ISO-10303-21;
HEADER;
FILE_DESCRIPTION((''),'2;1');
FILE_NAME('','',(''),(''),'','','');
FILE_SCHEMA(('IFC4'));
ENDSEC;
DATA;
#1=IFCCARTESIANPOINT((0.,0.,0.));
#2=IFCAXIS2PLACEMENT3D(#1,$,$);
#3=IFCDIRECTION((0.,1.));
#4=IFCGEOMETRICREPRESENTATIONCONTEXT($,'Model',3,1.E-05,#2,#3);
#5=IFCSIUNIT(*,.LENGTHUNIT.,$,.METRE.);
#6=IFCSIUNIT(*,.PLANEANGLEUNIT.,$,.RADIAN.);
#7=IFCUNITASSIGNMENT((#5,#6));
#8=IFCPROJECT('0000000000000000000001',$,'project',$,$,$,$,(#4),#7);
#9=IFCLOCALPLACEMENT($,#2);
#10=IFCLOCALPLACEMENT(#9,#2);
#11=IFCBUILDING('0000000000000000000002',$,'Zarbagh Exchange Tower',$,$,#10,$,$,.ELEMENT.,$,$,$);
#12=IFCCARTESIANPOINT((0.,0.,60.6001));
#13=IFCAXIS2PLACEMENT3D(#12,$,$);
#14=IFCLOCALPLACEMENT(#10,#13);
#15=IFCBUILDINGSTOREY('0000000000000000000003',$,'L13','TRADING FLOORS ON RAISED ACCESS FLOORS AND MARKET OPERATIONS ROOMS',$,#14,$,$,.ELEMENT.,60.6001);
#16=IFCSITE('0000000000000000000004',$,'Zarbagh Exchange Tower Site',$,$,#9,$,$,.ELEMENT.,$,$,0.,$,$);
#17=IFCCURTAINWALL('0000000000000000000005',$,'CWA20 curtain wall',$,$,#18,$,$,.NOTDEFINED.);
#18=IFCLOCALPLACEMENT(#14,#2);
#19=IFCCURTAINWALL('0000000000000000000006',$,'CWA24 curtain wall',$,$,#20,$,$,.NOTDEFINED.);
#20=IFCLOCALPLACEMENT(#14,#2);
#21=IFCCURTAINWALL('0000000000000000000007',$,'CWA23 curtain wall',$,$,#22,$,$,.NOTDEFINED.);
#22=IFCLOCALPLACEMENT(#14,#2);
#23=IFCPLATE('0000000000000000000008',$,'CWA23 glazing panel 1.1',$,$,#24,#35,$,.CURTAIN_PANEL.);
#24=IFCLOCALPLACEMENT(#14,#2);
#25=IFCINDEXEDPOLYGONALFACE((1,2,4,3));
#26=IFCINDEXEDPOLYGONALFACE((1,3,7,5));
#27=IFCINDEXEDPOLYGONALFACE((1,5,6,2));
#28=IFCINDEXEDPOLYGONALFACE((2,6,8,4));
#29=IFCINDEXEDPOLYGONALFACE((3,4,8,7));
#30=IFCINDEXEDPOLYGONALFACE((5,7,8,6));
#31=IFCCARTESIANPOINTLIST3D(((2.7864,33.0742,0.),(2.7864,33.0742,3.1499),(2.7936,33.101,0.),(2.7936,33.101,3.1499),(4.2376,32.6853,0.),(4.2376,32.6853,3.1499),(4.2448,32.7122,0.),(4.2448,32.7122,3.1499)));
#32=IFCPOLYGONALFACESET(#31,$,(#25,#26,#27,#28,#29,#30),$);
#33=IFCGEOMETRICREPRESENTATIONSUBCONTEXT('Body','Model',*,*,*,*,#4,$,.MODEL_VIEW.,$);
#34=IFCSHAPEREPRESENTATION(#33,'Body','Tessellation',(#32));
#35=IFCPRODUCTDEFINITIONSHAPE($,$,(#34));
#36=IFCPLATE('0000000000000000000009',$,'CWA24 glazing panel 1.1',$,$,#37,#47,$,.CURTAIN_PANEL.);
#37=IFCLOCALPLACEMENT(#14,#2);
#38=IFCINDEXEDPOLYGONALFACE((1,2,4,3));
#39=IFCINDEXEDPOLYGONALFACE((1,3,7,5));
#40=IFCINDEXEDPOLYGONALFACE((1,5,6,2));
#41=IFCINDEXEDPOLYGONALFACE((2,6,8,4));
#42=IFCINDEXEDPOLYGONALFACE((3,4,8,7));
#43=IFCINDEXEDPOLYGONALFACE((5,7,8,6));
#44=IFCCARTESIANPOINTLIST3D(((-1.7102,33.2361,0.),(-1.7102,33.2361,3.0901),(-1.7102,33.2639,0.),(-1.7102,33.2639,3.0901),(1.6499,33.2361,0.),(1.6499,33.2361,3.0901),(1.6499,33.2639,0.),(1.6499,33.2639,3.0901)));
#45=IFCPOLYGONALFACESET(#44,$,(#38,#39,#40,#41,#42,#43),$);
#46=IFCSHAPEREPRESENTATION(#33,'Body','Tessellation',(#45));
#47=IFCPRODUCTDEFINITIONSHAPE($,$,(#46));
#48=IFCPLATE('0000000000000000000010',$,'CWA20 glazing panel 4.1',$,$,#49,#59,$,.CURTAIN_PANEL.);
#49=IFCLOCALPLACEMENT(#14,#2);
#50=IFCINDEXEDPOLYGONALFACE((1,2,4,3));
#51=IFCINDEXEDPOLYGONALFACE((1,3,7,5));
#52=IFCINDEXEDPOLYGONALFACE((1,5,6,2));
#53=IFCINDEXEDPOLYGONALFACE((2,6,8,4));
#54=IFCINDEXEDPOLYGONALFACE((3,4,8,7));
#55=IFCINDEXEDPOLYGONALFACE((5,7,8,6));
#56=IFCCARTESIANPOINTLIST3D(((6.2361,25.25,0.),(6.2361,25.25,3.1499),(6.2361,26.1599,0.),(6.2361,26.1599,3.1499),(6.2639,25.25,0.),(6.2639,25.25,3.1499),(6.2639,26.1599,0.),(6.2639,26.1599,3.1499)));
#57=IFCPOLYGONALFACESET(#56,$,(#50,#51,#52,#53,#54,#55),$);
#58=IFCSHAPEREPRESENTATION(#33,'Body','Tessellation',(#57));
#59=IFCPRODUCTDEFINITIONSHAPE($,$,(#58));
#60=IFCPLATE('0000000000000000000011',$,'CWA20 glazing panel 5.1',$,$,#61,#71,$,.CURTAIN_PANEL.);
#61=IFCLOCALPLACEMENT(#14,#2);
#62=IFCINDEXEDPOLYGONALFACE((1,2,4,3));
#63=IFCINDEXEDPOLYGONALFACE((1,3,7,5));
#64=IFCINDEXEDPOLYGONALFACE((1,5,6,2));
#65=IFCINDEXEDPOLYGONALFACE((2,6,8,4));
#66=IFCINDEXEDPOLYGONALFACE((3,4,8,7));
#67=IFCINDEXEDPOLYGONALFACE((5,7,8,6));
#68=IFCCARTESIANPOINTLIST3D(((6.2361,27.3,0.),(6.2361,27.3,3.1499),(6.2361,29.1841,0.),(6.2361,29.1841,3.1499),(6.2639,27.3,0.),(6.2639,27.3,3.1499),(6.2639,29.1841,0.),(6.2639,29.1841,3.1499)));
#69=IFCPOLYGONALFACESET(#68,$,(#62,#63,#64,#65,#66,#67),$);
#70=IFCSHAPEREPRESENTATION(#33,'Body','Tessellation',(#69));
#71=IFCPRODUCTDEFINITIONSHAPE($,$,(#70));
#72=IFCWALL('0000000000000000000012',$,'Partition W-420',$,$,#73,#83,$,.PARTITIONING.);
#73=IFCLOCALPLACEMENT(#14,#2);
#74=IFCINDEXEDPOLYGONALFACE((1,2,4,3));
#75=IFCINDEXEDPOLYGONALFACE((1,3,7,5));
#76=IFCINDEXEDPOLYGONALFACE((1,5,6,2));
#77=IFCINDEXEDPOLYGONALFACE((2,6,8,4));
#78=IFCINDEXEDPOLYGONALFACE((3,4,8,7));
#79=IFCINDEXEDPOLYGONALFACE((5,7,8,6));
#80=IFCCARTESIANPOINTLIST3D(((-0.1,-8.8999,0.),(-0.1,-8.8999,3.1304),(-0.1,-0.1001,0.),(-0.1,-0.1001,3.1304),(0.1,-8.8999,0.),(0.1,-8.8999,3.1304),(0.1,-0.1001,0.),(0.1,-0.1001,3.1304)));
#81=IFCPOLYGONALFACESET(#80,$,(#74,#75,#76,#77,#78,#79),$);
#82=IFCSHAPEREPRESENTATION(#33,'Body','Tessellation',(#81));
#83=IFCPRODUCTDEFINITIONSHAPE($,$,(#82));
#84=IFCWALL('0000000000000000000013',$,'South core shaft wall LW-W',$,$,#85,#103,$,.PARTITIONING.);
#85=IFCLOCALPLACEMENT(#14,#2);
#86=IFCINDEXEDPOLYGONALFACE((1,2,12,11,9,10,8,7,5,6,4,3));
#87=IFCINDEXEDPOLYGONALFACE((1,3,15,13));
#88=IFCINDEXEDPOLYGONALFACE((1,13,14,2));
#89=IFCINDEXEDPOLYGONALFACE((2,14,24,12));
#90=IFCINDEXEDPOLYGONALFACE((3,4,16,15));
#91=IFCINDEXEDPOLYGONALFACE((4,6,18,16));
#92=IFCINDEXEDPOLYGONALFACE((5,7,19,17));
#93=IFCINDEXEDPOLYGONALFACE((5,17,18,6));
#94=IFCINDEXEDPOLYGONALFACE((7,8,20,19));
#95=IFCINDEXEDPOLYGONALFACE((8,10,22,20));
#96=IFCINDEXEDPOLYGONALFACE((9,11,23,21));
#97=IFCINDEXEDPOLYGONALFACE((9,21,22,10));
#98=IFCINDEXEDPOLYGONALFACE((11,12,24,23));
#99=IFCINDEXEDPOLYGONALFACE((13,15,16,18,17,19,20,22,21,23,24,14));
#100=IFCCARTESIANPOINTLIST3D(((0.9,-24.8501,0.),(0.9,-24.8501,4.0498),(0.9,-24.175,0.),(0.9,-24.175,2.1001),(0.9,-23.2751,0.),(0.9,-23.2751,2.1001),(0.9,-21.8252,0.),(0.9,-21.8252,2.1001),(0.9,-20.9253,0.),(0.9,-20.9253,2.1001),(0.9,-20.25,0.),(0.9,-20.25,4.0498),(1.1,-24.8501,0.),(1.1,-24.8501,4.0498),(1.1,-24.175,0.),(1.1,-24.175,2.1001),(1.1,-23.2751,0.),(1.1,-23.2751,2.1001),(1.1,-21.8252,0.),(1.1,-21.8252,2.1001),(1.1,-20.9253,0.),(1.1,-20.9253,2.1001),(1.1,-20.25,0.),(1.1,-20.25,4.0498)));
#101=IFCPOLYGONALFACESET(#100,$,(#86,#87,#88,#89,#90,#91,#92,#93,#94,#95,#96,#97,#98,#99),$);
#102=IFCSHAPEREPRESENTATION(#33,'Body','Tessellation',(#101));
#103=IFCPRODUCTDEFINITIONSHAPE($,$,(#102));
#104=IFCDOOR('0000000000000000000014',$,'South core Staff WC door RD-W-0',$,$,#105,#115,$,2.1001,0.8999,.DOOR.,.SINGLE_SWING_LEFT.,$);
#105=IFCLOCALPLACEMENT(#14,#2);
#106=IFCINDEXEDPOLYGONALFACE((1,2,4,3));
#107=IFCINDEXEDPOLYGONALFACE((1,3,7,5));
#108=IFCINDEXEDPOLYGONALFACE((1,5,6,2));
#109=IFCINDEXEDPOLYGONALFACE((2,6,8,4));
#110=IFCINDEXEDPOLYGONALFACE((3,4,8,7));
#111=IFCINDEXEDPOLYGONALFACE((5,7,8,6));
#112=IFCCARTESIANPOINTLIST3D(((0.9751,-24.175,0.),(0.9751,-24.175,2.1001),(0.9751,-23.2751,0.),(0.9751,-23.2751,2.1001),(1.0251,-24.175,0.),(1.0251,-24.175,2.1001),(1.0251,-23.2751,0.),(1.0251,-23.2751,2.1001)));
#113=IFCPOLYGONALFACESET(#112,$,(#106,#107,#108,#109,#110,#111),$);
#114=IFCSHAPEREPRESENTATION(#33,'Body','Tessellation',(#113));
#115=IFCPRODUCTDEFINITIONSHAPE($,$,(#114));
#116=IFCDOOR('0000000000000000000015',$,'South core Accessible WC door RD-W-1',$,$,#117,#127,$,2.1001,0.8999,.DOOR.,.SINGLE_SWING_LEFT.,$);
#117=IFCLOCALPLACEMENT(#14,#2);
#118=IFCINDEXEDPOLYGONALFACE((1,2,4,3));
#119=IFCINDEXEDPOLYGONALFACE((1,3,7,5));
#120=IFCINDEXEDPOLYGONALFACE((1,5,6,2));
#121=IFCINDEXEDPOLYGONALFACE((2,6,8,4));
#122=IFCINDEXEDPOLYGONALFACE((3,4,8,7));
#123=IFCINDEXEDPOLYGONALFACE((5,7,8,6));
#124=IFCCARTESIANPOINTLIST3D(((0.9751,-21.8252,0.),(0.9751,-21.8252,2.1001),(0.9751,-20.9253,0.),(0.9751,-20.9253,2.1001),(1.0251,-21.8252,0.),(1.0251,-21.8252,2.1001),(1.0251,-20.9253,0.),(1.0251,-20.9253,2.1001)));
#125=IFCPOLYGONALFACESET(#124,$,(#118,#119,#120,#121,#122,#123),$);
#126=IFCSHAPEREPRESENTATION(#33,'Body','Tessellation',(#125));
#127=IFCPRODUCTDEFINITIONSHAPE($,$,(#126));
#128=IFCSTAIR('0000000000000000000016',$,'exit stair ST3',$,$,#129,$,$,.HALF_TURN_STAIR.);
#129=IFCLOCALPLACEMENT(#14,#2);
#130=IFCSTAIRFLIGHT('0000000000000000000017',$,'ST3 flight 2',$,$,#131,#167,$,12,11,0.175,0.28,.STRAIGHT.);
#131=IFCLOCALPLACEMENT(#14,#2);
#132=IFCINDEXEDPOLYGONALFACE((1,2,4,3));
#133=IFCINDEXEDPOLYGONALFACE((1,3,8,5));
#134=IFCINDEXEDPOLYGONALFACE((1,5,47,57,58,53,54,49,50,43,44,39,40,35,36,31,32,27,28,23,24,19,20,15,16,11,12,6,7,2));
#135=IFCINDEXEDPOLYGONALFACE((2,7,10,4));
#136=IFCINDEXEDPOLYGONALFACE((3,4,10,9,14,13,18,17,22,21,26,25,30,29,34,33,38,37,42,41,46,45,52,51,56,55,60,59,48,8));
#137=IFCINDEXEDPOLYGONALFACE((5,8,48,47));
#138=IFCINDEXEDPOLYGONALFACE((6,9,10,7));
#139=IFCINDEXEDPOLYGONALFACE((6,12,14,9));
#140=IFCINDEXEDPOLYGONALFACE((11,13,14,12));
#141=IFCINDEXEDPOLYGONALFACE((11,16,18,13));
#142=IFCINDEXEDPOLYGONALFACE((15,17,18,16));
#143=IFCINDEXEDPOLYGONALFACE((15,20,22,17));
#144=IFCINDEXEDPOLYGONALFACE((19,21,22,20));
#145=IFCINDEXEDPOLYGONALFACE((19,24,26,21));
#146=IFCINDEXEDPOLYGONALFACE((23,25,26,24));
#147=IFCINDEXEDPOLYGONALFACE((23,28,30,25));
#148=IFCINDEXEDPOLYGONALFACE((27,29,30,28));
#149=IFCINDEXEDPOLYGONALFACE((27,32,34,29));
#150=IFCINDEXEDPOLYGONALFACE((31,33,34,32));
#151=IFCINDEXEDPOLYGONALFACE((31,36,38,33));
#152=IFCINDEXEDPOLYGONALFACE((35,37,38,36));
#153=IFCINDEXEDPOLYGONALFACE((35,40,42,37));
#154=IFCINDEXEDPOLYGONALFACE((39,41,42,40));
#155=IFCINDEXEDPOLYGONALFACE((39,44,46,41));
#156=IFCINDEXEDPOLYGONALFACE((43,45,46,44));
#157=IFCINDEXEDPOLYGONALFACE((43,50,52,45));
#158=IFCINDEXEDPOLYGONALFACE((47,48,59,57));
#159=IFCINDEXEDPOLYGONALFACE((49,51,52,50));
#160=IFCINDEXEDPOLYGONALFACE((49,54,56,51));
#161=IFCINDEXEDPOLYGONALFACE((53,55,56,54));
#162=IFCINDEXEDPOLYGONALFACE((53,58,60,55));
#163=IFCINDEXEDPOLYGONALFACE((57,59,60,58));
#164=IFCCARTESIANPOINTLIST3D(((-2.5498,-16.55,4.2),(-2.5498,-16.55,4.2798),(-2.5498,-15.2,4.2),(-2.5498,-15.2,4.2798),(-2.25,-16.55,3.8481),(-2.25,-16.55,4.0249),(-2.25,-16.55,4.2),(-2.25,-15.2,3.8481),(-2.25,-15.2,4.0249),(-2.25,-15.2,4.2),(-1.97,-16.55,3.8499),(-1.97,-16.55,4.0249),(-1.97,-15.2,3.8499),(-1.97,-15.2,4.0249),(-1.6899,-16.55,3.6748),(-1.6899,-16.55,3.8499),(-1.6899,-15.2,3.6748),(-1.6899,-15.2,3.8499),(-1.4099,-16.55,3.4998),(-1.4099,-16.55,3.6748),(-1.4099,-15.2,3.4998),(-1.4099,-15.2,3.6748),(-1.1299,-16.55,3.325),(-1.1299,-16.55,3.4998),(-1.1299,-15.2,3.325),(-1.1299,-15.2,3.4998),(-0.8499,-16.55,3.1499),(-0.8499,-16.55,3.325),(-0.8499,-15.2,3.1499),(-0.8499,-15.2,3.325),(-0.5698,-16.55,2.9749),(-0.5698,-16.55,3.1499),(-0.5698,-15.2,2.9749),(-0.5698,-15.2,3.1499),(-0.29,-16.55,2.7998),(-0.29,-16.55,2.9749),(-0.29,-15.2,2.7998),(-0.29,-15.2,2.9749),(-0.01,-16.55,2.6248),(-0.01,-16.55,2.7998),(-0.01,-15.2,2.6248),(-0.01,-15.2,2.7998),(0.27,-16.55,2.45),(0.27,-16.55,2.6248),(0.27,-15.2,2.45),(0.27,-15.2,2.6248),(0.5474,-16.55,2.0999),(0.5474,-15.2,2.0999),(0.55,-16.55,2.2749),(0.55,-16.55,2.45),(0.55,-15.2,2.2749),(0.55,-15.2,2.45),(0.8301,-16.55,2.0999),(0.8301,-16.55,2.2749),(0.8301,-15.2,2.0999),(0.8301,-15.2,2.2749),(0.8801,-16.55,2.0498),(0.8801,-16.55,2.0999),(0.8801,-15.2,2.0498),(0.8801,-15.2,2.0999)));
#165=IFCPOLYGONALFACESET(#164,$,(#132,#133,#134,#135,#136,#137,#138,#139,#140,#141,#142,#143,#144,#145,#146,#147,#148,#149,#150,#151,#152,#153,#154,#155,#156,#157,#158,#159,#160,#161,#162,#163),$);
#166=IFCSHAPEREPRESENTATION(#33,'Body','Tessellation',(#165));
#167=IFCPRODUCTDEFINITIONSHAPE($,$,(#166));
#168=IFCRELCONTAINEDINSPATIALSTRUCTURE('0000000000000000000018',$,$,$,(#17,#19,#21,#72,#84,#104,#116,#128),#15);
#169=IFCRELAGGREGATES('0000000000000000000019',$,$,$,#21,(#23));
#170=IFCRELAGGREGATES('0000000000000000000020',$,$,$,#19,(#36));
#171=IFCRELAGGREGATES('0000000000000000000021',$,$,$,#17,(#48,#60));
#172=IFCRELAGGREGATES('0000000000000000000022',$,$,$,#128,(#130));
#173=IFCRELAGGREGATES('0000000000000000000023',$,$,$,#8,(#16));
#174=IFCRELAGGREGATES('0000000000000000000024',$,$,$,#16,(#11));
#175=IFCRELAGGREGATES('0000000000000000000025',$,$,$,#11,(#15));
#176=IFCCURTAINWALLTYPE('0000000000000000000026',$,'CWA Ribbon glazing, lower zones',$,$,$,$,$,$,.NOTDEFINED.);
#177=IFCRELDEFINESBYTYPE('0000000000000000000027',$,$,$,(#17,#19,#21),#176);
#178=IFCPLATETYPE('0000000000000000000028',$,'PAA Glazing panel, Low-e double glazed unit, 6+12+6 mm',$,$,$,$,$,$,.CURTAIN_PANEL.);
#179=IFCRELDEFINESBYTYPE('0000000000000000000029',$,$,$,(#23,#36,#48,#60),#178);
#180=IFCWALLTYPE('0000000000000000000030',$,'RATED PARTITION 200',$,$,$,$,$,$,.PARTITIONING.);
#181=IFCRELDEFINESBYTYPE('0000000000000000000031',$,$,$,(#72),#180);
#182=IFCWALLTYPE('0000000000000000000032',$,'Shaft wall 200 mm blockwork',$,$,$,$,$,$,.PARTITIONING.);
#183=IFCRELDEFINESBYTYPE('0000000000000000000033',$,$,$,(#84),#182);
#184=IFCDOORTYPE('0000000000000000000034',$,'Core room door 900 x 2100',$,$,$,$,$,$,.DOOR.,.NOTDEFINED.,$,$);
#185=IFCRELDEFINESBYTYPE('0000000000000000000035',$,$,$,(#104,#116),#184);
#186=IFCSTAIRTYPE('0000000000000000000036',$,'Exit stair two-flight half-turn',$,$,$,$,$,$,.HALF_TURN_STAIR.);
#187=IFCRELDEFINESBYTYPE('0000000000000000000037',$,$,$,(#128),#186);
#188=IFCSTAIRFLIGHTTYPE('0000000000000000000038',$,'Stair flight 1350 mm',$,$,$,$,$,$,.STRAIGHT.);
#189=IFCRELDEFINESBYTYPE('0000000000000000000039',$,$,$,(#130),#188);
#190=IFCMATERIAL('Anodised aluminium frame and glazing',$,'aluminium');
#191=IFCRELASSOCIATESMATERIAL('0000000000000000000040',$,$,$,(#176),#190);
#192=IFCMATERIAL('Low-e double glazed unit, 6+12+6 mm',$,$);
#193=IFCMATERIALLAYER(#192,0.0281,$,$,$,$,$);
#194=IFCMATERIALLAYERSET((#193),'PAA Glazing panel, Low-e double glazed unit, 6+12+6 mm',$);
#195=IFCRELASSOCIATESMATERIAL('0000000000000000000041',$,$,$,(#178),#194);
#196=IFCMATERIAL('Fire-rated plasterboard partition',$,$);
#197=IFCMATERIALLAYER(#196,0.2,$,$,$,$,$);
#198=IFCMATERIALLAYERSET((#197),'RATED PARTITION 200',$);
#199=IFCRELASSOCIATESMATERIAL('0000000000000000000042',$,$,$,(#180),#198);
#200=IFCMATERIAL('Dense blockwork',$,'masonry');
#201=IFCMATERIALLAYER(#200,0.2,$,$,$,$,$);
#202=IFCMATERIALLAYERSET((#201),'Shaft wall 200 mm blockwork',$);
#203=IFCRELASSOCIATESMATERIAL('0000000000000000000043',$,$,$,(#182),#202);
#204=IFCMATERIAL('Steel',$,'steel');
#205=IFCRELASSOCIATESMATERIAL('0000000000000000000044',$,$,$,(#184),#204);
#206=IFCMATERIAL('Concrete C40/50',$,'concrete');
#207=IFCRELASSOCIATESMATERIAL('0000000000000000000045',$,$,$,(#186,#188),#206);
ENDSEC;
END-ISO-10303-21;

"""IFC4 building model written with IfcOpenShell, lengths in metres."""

from ifc_helpers import new_model, si_unit, direction, frame, frame_2d, origin, place, context, subcontext, project, spatial, polyline, rectangle, outline, extrude, source, transform, mapped, material, layer, layer_set, type_object, element, fill, aggregate, save


model = new_model("IFC4")

# Units and contexts
model_context = context("Model", 3, precision=1e-05, world=origin(), true_north=direction((0.0, 1.0)))
body_context = subcontext(model_context, "Body", "Model", "MODEL_VIEW")
ifc_project = project(units=[si_unit("LENGTHUNIT", "METRE"), si_unit("PLANEANGLEUNIT", "RADIAN")], contexts=[model_context])

# Site, building, storey
site_placement = place(None, origin())
site = spatial("IfcSite", under=ifc_project, at=site_placement, Name="Zarbagh Exchange Tower Site", CompositionType="ELEMENT", RefElevation=0.0)
building_placement = place(site_placement, origin())
building = spatial("IfcBuilding", under=site, at=building_placement, Name="Zarbagh Exchange Tower", CompositionType="ELEMENT")
storey_placement = place(building_placement, frame((0.0, 0.0, 60.6001)))
storey = spatial("IfcBuildingStorey", under=building, at=storey_placement, Name="L13", Description="TRADING FLOORS ON RAISED ACCESS FLOORS AND MARKET OPERATIONS ROOMS", CompositionType="ELEMENT", Elevation=60.6001)

# Curtain wall
ifc_material_1 = material(Name="Anodised aluminium frame and glazing", Category="aluminium")
curtain_wall_type = type_object("IfcCurtainWallType", Name="CWA Ribbon glazing, lower zones", PredefinedType="NOTDEFINED", material=ifc_material_1)
curtain_wall_1_placement = place(storey_placement, origin())
curtain_wall_1 = element("IfcCurtainWall", 1, at=curtain_wall_1_placement, inside=storey, type_object=curtain_wall_type, Name="CWA20 curtain wall", PredefinedType="NOTDEFINED")
placement = place(storey_placement, origin())

# Curtain wall
curtain_wall_2_placement = place(storey_placement, origin())
curtain_wall_2 = element("IfcCurtainWall", 2, at=curtain_wall_2_placement, inside=storey, type_object=curtain_wall_type, Name="CWA24 curtain wall", PredefinedType="NOTDEFINED")

# Shared definitions
ifc_material_2 = material(Name="Low-e double glazed unit, 6+12+6 mm")
ifc_layer_1 = layer(ifc_material_2, 0.0281)
ifc_layer_set_1 = layer_set([ifc_layer_1], Name="PAA Glazing panel, Low-e double glazed unit, 6+12+6 mm")
plate_type = type_object("IfcPlateType", Name="PAA Glazing panel, Low-e double glazed unit, 6+12+6 mm", PredefinedType="CURTAIN_PANEL", material=ifc_layer_set_1)

# Curtain wall, plate
curtain_wall_3_placement = place(storey_placement, origin())
curtain_wall_3 = element("IfcCurtainWall", 3, at=curtain_wall_3_placement, inside=storey, type_object=curtain_wall_type, Name="CWA23 curtain wall", PredefinedType="NOTDEFINED")
shared_shape_1 = source(origin(), body_context, "Body", "SweptSolid", [
    extrude(outline(polyline([(0.0, -0.0139), (1.5024, -0.0139), (1.5024, 0.0139), (0.0, 0.0139), (0.0, -0.0139)])), origin(), (0.0, 0.0, 1.0), 3.1499),
])
plate_1 = element("IfcPlate", 4, at=placement, type_object=plate_type, Name="CWA23 glazing panel 1.1", PredefinedType="CURTAIN_PANEL", context=body_context, shape_type="MappedRepresentation", body=[
    mapped(shared_shape_1, transform((4.2412, 32.6987, 0.0), x_axis=(-0.965924, 0.258825, 0.0), y_axis=(-0.258825, -0.965924, 0.0), z_axis=(0.0, 0.0, 1.0))),
])
aggregate(curtain_wall_3, [plate_1])

# Plates
shared_shape_2 = source(origin(), body_context, "Body", "SweptSolid", [
    extrude(outline(polyline([(0.0, -0.0139), (3.3601, -0.0139), (3.3601, 0.0139), (0.0, 0.0139), (0.0, -0.0139)])), origin(), (0.0, 0.0, 1.0), 3.0901),
])
plate_2 = element("IfcPlate", 5, at=placement, type_object=plate_type, Name="CWA24 glazing panel 1.1", PredefinedType="CURTAIN_PANEL", context=body_context, shape_type="MappedRepresentation", body=[
    mapped(shared_shape_2, transform((1.6499, 33.25, 0.0), x_axis=(-1.0, 0.0, 0.0), y_axis=(0.0, -1.0, 0.0), z_axis=(0.0, 0.0, 1.0))),
])
aggregate(curtain_wall_2, [plate_2])
shared_shape_3 = source(origin(), body_context, "Body", "SweptSolid", [
    extrude(outline(polyline([(0.0, -0.0139), (0.9099, -0.0139), (0.9099, 0.0139), (0.0, 0.0139), (0.0, -0.0139)])), origin(), (0.0, 0.0, 1.0), 3.1499),
])
plate_3 = element("IfcPlate", 6, at=placement, type_object=plate_type, Name="CWA20 glazing panel 4.1", PredefinedType="CURTAIN_PANEL", context=body_context, shape_type="MappedRepresentation", body=[
    mapped(shared_shape_3, transform((6.25, 25.25, 0.0), x_axis=(0.0, 1.0, 0.0), y_axis=(-1.0, 0.0, 0.0), z_axis=(0.0, 0.0, 1.0))),
])
shared_shape_4 = source(origin(), body_context, "Body", "SweptSolid", [
    extrude(outline(polyline([(0.0, -0.0139), (1.884, -0.0139), (1.884, 0.0139), (0.0, 0.0139), (0.0, -0.0139)])), origin(), (0.0, 0.0, 1.0), 3.1499),
])
plate_4 = element("IfcPlate", 7, at=placement, type_object=plate_type, Name="CWA20 glazing panel 5.1", PredefinedType="CURTAIN_PANEL", context=body_context, shape_type="MappedRepresentation", body=[
    mapped(shared_shape_4, transform((6.25, 27.3, 0.0), x_axis=(0.0, 1.0, 0.0), y_axis=(-1.0, 0.0, 0.0), z_axis=(0.0, 0.0, 1.0))),
])
aggregate(curtain_wall_1, [plate_3, plate_4])

# Wall
ifc_material_3 = material(Name="Fire-rated plasterboard partition")
ifc_layer_2 = layer(ifc_material_3, 0.2)
ifc_layer_set_2 = layer_set([ifc_layer_2], Name="RATED PARTITION 200")
wall_type_1 = type_object("IfcWallType", Name="RATED PARTITION 200", PredefinedType="PARTITIONING", material=ifc_layer_set_2)
wall_1_placement = place(storey_placement, frame((0.0, -8.8999, 0.0), z_axis=(0.0, 0.0, 1.0), x_axis=(0.0, 1.0, 0.0)))
element("IfcWall", 8, at=wall_1_placement, inside=storey, type_object=wall_type_1, Name="Partition W-420", PredefinedType="PARTITIONING", context=body_context, shape_type="SweptSolid", body=[
    extrude(rectangle(XDim=8.7998, YDim=0.2, at=frame_2d((4.3999, 0.0))), origin(), (0.0, 0.0, 1.0), 3.1304),
])

# Wall, openings, doors
ifc_material_4 = material(Name="Dense blockwork", Category="masonry")
ifc_layer_3 = layer(ifc_material_4, 0.2)
ifc_layer_set_3 = layer_set([ifc_layer_3], Name="Shaft wall 200 mm blockwork")
wall_type_2 = type_object("IfcWallType", Name="Shaft wall 200 mm blockwork", PredefinedType="PARTITIONING", material=ifc_layer_set_3)
wall_2_placement = place(storey_placement, frame((1.0, -24.8501, 0.0), z_axis=(0.0, 0.0, 1.0), x_axis=(0.0, 1.0, 0.0)))
wall_2 = element("IfcWall", 9, at=wall_2_placement, inside=storey, type_object=wall_type_2, Name="South core shaft wall LW-W", PredefinedType="PARTITIONING", context=body_context, shape_type="SweptSolid", body=[
    extrude(rectangle(XDim=4.6001, YDim=0.2, at=frame_2d((2.3, 0.0))), origin(), (0.0, 0.0, 1.0), 4.0498),
])
opening_1_placement = place(wall_2_placement, frame((0.675, 0.0, 0.0)))
opening_1 = element("IfcOpeningElement", 10, at=opening_1_placement, cuts=wall_2, PredefinedType="OPENING", context=body_context, shape_type="SweptSolid", body=[
    extrude(rectangle(XDim=0.8999, YDim=2.1001, at=frame_2d((0.45, 1.05))), frame((0.0, 0.1099, 0.0), z_axis=(0.0, -1.0, 0.0), x_axis=(1.0, 0.0, 0.0)), (0.0, 0.0, 1.0), 0.22),
])
opening_2_placement = place(wall_2_placement, frame((3.0249, 0.0, 0.0)))
opening_2 = element("IfcOpeningElement", 11, at=opening_2_placement, cuts=wall_2, PredefinedType="OPENING", context=body_context, shape_type="SweptSolid", body=[
    extrude(rectangle(XDim=0.8999, YDim=2.1001, at=frame_2d((0.45, 1.05))), frame((0.0, 0.1099, 0.0), z_axis=(0.0, -1.0, 0.0), x_axis=(1.0, 0.0, 0.0)), (0.0, 0.0, 1.0), 0.22),
])
ifc_material_5 = material(Name="Steel", Category="steel")
door_type = type_object("IfcDoorType", Name="Core room door 900 x 2100", OperationType="NOTDEFINED", PredefinedType="DOOR", material=ifc_material_5)
door_1_placement = place(opening_1_placement, origin())
door_1 = element("IfcDoor", 12, at=door_1_placement, inside=storey, type_object=door_type, Name="South core Staff WC door RD-W-0", OperationType="SINGLE_SWING_LEFT", OverallHeight=2.1001, OverallWidth=0.8999, PredefinedType="DOOR", context=body_context, shape_type="SweptSolid", body=[
    extrude(rectangle(XDim=0.8999, YDim=2.1001, at=frame_2d((0.45, 1.05))), frame((0.0, 0.0249, 0.0), z_axis=(0.0, -1.0, 0.0), x_axis=(1.0, 0.0, 0.0)), (0.0, 0.0, 1.0), 0.05),
])
fill(opening_1, door_1)
door_2_placement = place(opening_2_placement, origin())
door_2 = element("IfcDoor", 13, at=door_2_placement, inside=storey, type_object=door_type, Name="South core Accessible WC door RD-W-1", OperationType="SINGLE_SWING_LEFT", OverallHeight=2.1001, OverallWidth=0.8999, PredefinedType="DOOR", context=body_context, shape_type="SweptSolid", body=[
    extrude(rectangle(XDim=0.8999, YDim=2.1001, at=frame_2d((0.45, 1.05))), frame((0.0, 0.0249, 0.0), z_axis=(0.0, -1.0, 0.0), x_axis=(1.0, 0.0, 0.0)), (0.0, 0.0, 1.0), 0.05),
])
fill(opening_2, door_2)

# Stair, stair flight
ifc_material_6 = material(Name="Concrete C40/50", Category="concrete")
stair_type = type_object("IfcStairType", Name="Exit stair two-flight half-turn", PredefinedType="HALF_TURN_STAIR", material=ifc_material_6)
stair_1_placement = place(storey_placement, origin())
stair_1 = element("IfcStair", 14, at=stair_1_placement, inside=storey, type_object=stair_type, Name="exit stair ST3", PredefinedType="HALF_TURN_STAIR")
stair_flight_type = type_object("IfcStairFlightType", Name="Stair flight 1350 mm", PredefinedType="STRAIGHT", material=ifc_material_6)
stair_flight_1_placement = place(storey_placement, frame((0.8301, -15.875, 2.0999), z_axis=(0.0, 0.0, 1.0), x_axis=(-1.0, 0.0, 0.0)))
stair_flight_1 = element("IfcStairFlight", 15, at=stair_flight_1_placement, type_object=stair_flight_type, Name="ST3 flight 2", NumberOfRisers=12, NumberOfTreads=11, PredefinedType="STRAIGHT", RiserHeight=0.175, TreadLength=0.28, context=body_context, shape_type="SweptSolid", body=[
    extrude(outline(polyline([(-0.05, -0.05), (-0.05, 0.0), (0.0, 0.0), (0.0, 0.175), (0.28, 0.175), (0.28, 0.3501), (0.5601, 0.3501), (0.5601, 0.5249), (0.8401, 0.5249), (0.8401, 0.7), (1.1201, 0.7), (1.1201, 0.875), (1.3999, 0.875), (1.3999, 1.05), (1.6799, 1.05), (1.6799, 1.2251), (1.96, 1.2251), (1.96, 1.3999), (2.24, 1.3999), (2.24, 1.575), (2.52, 1.575), (2.52, 1.75), (2.8, 1.75), (2.8, 1.925), (3.0801, 1.925), (3.0801, 2.1001), (3.3799, 2.1799), (3.3799, 2.1001), (3.0801, 1.7483), (0.2827, 0.0), (-0.05, -0.05)])), frame((0.0, 0.675, 0.0), z_axis=(0.0, -1.0, 0.0), x_axis=(1.0, 0.0, 0.0)), (0.0, 0.0, 1.0), 1.3501),
])
aggregate(stair_1, [stair_flight_1])

save(model, "model.ifc")
